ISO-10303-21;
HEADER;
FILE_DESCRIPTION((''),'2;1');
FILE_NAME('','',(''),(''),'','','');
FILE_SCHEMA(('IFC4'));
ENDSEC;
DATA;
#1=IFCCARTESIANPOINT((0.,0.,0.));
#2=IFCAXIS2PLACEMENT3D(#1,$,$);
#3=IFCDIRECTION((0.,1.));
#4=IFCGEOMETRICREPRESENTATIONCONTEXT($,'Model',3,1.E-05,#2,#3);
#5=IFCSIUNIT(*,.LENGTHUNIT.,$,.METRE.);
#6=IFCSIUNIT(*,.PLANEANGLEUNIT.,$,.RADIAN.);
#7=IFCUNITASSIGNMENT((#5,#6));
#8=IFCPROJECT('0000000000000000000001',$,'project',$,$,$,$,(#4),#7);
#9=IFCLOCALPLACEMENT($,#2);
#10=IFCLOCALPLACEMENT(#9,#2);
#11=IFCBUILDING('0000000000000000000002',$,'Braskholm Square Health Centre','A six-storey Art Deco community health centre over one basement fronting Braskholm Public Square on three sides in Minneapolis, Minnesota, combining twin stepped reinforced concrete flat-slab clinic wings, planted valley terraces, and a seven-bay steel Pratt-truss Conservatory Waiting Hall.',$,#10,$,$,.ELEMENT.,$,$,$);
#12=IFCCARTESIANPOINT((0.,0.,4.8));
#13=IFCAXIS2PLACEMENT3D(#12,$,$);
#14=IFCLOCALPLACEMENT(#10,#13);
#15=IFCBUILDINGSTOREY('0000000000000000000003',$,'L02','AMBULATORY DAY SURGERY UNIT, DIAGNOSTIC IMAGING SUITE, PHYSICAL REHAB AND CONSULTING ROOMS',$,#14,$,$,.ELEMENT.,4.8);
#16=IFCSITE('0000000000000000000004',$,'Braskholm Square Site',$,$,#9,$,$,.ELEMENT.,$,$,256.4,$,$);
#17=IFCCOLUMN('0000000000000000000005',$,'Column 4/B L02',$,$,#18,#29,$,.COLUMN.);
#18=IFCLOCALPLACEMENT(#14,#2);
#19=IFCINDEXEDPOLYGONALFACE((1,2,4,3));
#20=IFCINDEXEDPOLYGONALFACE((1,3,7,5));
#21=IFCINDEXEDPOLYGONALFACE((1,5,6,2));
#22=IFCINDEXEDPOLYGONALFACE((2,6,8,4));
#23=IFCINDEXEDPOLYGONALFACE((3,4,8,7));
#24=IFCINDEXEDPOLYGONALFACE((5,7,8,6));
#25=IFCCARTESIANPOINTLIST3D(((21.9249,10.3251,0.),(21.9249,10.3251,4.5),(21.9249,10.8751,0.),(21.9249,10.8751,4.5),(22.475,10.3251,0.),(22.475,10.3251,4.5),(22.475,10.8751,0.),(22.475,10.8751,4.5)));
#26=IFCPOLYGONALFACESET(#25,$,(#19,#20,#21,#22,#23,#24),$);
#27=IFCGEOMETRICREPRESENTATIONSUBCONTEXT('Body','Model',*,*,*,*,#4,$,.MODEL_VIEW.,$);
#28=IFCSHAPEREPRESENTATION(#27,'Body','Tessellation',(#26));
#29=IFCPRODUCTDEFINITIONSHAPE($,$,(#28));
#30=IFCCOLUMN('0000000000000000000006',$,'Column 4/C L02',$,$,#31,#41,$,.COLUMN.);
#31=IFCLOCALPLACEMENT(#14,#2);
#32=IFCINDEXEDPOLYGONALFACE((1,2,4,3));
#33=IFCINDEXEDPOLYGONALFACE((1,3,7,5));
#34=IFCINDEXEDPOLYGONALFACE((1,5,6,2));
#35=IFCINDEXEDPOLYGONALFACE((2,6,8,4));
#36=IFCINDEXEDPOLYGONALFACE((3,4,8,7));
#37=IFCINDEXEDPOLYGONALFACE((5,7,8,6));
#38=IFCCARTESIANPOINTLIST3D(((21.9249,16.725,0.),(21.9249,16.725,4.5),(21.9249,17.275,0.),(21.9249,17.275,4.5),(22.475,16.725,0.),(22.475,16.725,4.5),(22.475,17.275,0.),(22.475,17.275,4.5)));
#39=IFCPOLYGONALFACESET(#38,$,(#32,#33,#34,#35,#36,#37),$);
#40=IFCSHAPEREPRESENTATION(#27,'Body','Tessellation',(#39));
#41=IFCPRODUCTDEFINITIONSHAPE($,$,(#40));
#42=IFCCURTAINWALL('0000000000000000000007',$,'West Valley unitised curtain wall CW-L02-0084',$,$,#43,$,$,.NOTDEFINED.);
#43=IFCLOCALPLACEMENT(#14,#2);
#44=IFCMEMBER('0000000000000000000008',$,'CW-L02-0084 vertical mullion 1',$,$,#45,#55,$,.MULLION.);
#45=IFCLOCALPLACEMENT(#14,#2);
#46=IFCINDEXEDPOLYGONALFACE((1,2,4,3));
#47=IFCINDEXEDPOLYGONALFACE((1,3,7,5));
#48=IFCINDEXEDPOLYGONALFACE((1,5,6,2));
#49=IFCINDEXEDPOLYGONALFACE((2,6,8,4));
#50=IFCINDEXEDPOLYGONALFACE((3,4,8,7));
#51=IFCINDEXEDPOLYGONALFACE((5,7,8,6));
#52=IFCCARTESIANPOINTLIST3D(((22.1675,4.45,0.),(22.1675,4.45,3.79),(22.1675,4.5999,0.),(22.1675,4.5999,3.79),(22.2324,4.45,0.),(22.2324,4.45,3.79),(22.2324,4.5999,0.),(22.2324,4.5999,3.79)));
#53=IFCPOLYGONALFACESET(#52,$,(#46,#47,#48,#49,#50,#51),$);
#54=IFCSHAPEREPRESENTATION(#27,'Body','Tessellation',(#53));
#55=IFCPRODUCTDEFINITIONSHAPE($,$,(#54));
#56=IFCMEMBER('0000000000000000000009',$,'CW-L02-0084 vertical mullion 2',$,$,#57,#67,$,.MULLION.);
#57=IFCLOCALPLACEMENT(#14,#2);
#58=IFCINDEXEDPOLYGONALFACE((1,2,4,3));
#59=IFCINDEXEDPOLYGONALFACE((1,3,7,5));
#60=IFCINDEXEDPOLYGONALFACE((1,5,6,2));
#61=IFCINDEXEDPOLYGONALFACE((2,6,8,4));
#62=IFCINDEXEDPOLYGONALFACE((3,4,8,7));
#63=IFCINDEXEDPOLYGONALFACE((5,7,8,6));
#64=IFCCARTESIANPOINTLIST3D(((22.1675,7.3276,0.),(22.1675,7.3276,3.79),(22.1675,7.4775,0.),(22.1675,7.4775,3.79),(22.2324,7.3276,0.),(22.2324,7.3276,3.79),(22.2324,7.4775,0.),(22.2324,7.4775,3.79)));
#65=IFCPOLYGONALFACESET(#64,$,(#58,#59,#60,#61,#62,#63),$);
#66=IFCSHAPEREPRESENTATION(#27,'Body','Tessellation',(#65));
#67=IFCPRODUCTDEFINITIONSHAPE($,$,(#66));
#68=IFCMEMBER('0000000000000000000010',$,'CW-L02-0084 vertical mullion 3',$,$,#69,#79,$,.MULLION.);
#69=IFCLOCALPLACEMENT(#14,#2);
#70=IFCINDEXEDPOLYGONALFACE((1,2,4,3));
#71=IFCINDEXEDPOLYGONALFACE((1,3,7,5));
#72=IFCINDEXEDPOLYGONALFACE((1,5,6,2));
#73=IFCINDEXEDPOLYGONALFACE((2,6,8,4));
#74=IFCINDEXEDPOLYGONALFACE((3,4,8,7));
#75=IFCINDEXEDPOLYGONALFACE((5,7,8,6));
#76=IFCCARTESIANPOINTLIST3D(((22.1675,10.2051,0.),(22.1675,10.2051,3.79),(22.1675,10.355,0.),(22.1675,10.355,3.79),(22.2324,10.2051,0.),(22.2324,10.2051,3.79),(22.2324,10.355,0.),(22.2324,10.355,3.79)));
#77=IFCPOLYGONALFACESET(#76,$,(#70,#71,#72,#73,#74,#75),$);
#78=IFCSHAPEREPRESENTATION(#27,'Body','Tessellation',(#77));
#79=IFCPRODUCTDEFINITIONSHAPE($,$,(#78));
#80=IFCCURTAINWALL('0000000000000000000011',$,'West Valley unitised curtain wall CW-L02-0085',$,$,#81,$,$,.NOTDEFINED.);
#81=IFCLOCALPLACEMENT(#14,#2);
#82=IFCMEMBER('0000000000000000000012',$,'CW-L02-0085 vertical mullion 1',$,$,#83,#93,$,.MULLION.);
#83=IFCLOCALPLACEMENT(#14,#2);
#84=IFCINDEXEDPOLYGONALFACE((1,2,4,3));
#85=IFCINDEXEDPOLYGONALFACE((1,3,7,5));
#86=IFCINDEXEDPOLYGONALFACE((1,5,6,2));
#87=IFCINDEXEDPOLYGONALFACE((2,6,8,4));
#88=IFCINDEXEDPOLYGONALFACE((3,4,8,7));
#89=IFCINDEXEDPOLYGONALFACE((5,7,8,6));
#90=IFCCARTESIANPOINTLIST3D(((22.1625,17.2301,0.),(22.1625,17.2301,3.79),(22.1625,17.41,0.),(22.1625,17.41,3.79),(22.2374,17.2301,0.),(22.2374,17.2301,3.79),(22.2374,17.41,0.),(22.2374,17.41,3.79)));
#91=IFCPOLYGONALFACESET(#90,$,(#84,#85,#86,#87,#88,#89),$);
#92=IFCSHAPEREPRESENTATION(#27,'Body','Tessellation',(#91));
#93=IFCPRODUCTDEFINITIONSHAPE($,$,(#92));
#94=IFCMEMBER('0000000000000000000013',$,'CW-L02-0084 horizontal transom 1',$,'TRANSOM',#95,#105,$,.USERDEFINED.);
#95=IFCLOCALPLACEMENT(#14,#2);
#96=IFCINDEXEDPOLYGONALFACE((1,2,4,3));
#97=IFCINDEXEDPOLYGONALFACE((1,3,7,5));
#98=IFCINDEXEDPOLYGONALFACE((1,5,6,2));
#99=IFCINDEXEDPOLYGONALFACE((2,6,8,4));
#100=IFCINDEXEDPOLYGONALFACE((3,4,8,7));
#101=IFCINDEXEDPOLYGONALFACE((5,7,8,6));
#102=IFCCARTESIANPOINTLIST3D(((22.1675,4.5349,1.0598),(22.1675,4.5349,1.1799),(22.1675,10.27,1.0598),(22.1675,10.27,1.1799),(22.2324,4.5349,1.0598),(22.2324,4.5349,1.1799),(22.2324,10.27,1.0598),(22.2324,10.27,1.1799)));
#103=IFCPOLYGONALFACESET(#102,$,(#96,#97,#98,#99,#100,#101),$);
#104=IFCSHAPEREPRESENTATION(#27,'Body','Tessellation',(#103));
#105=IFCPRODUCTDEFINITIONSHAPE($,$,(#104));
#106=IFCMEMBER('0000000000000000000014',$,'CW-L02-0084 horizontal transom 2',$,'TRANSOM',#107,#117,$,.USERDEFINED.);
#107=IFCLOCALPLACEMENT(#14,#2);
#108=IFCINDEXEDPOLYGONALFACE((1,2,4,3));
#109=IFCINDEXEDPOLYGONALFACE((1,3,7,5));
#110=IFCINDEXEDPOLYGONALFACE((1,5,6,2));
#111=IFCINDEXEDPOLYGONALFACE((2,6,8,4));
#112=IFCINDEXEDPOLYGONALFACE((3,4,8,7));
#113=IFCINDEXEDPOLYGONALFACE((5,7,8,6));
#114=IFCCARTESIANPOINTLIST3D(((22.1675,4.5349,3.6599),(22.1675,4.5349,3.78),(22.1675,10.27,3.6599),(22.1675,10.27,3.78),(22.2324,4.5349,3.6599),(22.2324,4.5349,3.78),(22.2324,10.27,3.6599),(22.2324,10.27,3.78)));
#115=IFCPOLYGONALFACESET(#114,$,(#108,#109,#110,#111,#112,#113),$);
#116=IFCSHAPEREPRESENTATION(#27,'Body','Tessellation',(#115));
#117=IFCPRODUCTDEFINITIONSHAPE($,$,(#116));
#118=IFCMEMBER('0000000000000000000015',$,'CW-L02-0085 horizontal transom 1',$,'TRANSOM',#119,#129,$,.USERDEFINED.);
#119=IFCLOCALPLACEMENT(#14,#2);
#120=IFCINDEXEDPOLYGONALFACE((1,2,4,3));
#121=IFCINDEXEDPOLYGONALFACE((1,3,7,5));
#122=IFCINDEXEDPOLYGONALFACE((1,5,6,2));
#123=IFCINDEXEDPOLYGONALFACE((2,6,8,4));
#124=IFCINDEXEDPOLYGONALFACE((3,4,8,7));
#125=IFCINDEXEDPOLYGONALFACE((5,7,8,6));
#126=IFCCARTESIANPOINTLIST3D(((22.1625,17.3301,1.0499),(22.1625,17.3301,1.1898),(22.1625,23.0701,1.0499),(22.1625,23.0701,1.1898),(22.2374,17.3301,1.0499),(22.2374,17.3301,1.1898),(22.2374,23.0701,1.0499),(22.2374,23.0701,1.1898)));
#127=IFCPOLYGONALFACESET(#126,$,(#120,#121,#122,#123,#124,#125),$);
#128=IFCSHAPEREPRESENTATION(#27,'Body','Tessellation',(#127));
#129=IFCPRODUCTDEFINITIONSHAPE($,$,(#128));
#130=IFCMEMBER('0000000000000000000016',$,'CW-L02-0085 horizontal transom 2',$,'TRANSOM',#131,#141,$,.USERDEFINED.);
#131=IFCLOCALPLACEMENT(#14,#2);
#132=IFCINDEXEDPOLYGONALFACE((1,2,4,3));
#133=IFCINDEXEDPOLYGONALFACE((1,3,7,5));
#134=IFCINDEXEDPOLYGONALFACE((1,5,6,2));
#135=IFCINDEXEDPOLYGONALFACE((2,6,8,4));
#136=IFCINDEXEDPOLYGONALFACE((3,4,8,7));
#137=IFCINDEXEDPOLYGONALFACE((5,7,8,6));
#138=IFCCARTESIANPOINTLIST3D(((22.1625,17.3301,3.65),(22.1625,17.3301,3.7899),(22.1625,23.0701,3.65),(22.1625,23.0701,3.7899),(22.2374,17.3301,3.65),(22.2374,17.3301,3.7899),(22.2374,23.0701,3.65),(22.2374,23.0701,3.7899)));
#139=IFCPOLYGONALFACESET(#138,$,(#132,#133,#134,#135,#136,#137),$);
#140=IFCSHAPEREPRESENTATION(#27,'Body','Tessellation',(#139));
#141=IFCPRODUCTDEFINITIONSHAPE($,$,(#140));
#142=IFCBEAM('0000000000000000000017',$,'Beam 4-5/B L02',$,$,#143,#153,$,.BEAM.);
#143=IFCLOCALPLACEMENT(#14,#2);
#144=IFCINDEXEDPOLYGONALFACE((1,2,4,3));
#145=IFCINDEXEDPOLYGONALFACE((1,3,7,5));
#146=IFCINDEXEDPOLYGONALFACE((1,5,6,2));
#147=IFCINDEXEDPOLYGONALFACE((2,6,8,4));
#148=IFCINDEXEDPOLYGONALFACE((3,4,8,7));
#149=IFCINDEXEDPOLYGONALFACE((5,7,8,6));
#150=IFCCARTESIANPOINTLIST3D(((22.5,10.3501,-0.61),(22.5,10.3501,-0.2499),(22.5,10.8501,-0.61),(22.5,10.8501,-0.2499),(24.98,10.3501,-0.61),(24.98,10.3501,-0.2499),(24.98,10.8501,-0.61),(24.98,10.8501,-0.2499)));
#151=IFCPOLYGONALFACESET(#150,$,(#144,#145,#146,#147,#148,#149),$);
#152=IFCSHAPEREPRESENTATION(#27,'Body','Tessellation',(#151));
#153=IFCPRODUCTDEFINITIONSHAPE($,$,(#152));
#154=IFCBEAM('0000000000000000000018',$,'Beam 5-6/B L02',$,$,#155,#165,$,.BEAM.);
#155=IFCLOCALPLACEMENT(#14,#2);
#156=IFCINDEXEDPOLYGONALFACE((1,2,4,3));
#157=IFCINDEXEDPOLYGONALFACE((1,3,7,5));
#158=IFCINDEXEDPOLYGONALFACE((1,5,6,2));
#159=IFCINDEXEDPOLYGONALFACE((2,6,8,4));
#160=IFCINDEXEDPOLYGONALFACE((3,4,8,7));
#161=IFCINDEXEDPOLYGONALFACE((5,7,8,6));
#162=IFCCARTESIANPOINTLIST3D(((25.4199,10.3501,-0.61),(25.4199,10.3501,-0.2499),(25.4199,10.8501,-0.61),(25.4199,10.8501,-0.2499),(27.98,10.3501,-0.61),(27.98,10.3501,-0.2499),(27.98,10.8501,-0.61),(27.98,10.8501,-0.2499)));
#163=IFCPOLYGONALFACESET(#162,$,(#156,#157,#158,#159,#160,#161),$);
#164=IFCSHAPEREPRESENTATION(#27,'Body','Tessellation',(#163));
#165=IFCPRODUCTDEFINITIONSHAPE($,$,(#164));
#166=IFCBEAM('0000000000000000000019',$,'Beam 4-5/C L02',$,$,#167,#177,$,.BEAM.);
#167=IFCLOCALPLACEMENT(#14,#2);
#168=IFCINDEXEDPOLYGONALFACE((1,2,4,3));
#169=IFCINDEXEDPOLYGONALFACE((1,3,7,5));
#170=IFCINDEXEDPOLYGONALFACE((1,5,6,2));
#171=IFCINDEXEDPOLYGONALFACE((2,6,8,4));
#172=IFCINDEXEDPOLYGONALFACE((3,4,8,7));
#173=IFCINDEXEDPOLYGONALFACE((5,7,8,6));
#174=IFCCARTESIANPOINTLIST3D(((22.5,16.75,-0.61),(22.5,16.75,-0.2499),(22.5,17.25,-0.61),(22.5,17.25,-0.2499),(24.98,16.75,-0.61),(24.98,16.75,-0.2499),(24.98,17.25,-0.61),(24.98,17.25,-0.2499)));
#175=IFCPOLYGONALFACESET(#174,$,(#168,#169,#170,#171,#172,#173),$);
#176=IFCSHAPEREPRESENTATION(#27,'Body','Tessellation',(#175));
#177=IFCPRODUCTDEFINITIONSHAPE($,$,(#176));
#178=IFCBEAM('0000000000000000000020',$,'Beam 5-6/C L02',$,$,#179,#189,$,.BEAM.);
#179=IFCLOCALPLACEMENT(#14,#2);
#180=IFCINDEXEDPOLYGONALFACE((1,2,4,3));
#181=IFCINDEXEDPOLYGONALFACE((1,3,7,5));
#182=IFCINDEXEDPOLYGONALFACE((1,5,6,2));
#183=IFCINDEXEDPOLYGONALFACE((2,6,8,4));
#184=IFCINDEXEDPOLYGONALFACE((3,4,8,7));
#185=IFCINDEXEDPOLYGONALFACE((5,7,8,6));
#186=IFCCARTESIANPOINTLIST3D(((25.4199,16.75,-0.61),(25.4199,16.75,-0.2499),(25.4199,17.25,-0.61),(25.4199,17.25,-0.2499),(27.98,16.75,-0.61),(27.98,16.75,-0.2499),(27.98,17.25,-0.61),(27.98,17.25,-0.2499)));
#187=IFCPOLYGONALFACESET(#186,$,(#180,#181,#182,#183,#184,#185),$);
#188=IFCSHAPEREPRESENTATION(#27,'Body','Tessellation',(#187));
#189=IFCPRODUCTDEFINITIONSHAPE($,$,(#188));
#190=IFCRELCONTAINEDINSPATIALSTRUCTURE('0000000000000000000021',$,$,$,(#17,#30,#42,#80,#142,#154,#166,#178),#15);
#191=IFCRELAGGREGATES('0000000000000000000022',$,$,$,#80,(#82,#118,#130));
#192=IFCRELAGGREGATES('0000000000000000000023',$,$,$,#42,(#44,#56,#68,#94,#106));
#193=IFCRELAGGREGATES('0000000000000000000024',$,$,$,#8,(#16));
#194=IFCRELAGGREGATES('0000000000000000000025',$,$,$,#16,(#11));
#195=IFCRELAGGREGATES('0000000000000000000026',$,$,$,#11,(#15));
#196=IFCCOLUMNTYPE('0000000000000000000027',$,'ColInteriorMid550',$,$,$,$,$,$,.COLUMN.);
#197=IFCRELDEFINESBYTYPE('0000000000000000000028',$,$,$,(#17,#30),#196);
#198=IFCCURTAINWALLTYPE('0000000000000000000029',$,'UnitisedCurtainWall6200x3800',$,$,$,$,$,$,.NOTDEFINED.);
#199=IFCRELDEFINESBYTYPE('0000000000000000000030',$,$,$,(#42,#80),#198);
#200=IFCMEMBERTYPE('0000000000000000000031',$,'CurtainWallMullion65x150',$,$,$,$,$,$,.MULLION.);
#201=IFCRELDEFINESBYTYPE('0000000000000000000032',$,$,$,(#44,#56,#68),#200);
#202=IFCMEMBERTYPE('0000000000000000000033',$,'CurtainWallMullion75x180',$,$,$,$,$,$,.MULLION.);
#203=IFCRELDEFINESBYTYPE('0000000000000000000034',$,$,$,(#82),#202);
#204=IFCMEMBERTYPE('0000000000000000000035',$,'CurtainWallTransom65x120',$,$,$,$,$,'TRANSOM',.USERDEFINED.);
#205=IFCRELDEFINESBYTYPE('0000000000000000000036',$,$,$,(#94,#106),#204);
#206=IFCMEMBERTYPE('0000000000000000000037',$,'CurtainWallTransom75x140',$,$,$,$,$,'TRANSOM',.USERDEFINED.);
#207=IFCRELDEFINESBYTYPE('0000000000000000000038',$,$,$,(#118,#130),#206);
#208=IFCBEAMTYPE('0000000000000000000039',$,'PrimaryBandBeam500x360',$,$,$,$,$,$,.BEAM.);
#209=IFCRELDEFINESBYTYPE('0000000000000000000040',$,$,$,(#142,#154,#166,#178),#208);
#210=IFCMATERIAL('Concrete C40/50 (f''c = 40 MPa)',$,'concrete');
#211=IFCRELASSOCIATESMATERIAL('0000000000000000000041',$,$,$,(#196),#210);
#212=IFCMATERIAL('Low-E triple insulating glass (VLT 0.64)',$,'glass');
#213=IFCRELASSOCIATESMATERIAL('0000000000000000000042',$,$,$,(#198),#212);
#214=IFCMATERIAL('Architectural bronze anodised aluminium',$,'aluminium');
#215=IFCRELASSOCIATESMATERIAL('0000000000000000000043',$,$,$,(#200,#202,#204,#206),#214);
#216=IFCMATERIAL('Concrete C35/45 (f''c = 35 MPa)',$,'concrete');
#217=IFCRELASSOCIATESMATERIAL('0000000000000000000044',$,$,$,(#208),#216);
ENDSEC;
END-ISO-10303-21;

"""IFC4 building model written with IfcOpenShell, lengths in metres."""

from ifc_helpers import new_model, si_unit, direction, frame, origin, origin_2d, place, context, subcontext, project, spatial, rectangle, extrude, material, material_profile, profile_set, type_object, element, aggregate, save


model = new_model("IFC4")

# Units and contexts
model_context = context("Model", 3, precision=1e-05, world=origin(), true_north=direction((0.0, 1.0)))
body_context = subcontext(model_context, "Body", "Model", "MODEL_VIEW")
ifc_project = project(units=[si_unit("LENGTHUNIT", "METRE"), si_unit("PLANEANGLEUNIT", "RADIAN")], contexts=[model_context])

# Site, building, storey
site_placement = place(None, origin())
site = spatial("IfcSite", under=ifc_project, at=site_placement, Name="Braskholm Square Site", CompositionType="ELEMENT", RefElevation=256.4)
building_placement = place(site_placement, origin())
building = spatial("IfcBuilding", under=site, at=building_placement, Name="Braskholm Square Health Centre", Description="A six-storey Art Deco community health centre over one basement fronting Braskholm Public Square on three sides in Minneapolis, Minnesota, combining twin stepped reinforced concrete flat-slab clinic wings, planted valley terraces, and a seven-bay steel Pratt-truss Conservatory Waiting Hall.", CompositionType="ELEMENT")
storey_placement = place(building_placement, frame((0.0, 0.0, 4.8)))
storey = spatial("IfcBuildingStorey", under=building, at=storey_placement, Name="L02", Description="AMBULATORY DAY SURGERY UNIT, DIAGNOSTIC IMAGING SUITE, PHYSICAL REHAB AND CONSULTING ROOMS", CompositionType="ELEMENT", Elevation=4.8)

# Columns
ifc_material_1 = material(Name="Concrete C40/50 (f'c = 40 MPa)", Category="concrete")
ifc_material_profile_1 = material_profile(ifc_material_1, rectangle(XDim=0.55, YDim=0.55, at=origin_2d()), Name="RC-550X550")
ifc_profile_set_1 = profile_set([ifc_material_profile_1], Name="Concrete C40/50 (f'c = 40 MPa)")
column_type = type_object("IfcColumnType", Name="ColInteriorMid550", PredefinedType="COLUMN", material=ifc_profile_set_1)
for number, where, z_axis, x_axis, name in (
    (1, (22.2, 10.6001, 0.0), (0.0, 0.0, 1.0), (1.0, 0.0, 0.0), "Column 4/B L02"),
    (2, (22.2, 17.0, 0.0), (0.0, 0.0, 1.0), (1.0, 0.0, 0.0), "Column 4/C L02"),
):
    element("IfcColumn", number, at=place(storey_placement, frame(where, z_axis=z_axis, x_axis=x_axis)), inside=storey, type_object=column_type, Name=name, PredefinedType="COLUMN", context=body_context, shape_type="SweptSolid", body=[
        extrude(rectangle(XDim=0.55, YDim=0.55, at=origin_2d()), origin(), (0.0, 0.0, 1.0), 4.5),
    ])

# Curtain wall, members
ifc_material_2 = material(Name="Low-E triple insulating glass (VLT 0.64)", Category="glass")
curtain_wall_type = type_object("IfcCurtainWallType", Name="UnitisedCurtainWall6200x3800", PredefinedType="NOTDEFINED", material=ifc_material_2)
curtain_wall_1_placement = place(storey_placement, origin())
curtain_wall_1 = element("IfcCurtainWall", 3, at=curtain_wall_1_placement, inside=storey, type_object=curtain_wall_type, Name="West Valley unitised curtain wall CW-L02-0084", PredefinedType="NOTDEFINED")
ifc_material_3 = material(Name="Architectural bronze anodised aluminium", Category="aluminium")
ifc_material_profile_2 = material_profile(ifc_material_3, rectangle(XDim=0.0649, YDim=0.1499, at=origin_2d()), Name="ALU-65X150")
ifc_profile_set_2 = profile_set([ifc_material_profile_2], Name="Architectural bronze anodised aluminium")
member_type_1 = type_object("IfcMemberType", Name="CurtainWallMullion65x150", PredefinedType="MULLION", material=ifc_profile_set_2)
member_1_placement = place(storey_placement, frame((22.2, 4.5249, 0.0), z_axis=(0.0, 0.0, 1.0), x_axis=(1.0, 0.0, 0.0)))
member_1 = element("IfcMember", 4, at=member_1_placement, type_object=member_type_1, Name="CW-L02-0084 vertical mullion 1", PredefinedType="MULLION", context=body_context, shape_type="SweptSolid", body=[
    extrude(rectangle(XDim=0.0649, YDim=0.1499, at=origin_2d()), origin(), (0.0, 0.0, 1.0), 3.79),
])
member_2_placement = place(storey_placement, frame((22.2, 7.4026, 0.0), z_axis=(0.0, 0.0, 1.0), x_axis=(1.0, 0.0, 0.0)))
member_2 = element("IfcMember", 5, at=member_2_placement, type_object=member_type_1, Name="CW-L02-0084 vertical mullion 2", PredefinedType="MULLION", context=body_context, shape_type="SweptSolid", body=[
    extrude(rectangle(XDim=0.0649, YDim=0.1499, at=origin_2d()), origin(), (0.0, 0.0, 1.0), 3.79),
])
member_3_placement = place(storey_placement, frame((22.2, 10.28, 0.0), z_axis=(0.0, 0.0, 1.0), x_axis=(1.0, 0.0, 0.0)))
member_3 = element("IfcMember", 6, at=member_3_placement, type_object=member_type_1, Name="CW-L02-0084 vertical mullion 3", PredefinedType="MULLION", context=body_context, shape_type="SweptSolid", body=[
    extrude(rectangle(XDim=0.0649, YDim=0.1499, at=origin_2d()), origin(), (0.0, 0.0, 1.0), 3.79),
])

# Curtain wall, member
curtain_wall_2_placement = place(storey_placement, origin())
curtain_wall_2 = element("IfcCurtainWall", 7, at=curtain_wall_2_placement, inside=storey, type_object=curtain_wall_type, Name="West Valley unitised curtain wall CW-L02-0085", PredefinedType="NOTDEFINED")
ifc_material_profile_3 = material_profile(ifc_material_3, rectangle(XDim=0.075, YDim=0.1799, at=origin_2d()), Name="ALU-75X180")
ifc_profile_set_3 = profile_set([ifc_material_profile_3], Name="Architectural bronze anodised aluminium")
member_type_2 = type_object("IfcMemberType", Name="CurtainWallMullion75x180", PredefinedType="MULLION", material=ifc_profile_set_3)
member_4_placement = place(storey_placement, frame((22.2, 17.3201, 0.0), z_axis=(0.0, 0.0, 1.0), x_axis=(1.0, 0.0, 0.0)))
member_4 = element("IfcMember", 8, at=member_4_placement, type_object=member_type_2, Name="CW-L02-0085 vertical mullion 1", PredefinedType="MULLION", context=body_context, shape_type="SweptSolid", body=[
    extrude(rectangle(XDim=0.075, YDim=0.1799, at=origin_2d()), origin(), (0.0, 0.0, 1.0), 3.79),
])

# Members
ifc_material_profile_4 = material_profile(ifc_material_3, rectangle(XDim=0.0649, YDim=0.1201, at=origin_2d()), Name="ALU-65X120")
ifc_profile_set_4 = profile_set([ifc_material_profile_4], Name="Architectural bronze anodised aluminium")
member_type_3 = type_object("IfcMemberType", Name="CurtainWallTransom65x120", ElementType="TRANSOM", PredefinedType="USERDEFINED", material=ifc_profile_set_4)
member_5_placement = place(storey_placement, frame((22.2, 4.5349, 1.1199), z_axis=(0.0, 1.0, 0.0), x_axis=(-1.0, 0.0, 0.0)))
member_5 = element("IfcMember", 9, at=member_5_placement, type_object=member_type_3, Name="CW-L02-0084 horizontal transom 1", ObjectType="TRANSOM", PredefinedType="USERDEFINED", context=body_context, shape_type="SweptSolid", body=[
    extrude(rectangle(XDim=0.0649, YDim=0.1201, at=origin_2d()), origin(), (0.0, 0.0, 1.0), 5.7351),
])
member_6_placement = place(storey_placement, frame((22.2, 4.5349, 3.72), z_axis=(0.0, 1.0, 0.0), x_axis=(-1.0, 0.0, 0.0)))
member_6 = element("IfcMember", 10, at=member_6_placement, type_object=member_type_3, Name="CW-L02-0084 horizontal transom 2", ObjectType="TRANSOM", PredefinedType="USERDEFINED", context=body_context, shape_type="SweptSolid", body=[
    extrude(rectangle(XDim=0.0649, YDim=0.1201, at=origin_2d()), origin(), (0.0, 0.0, 1.0), 5.7351),
])
ifc_material_profile_5 = material_profile(ifc_material_3, rectangle(XDim=0.075, YDim=0.1399, at=origin_2d()), Name="ALU-75X140")
ifc_profile_set_5 = profile_set([ifc_material_profile_5], Name="Architectural bronze anodised aluminium")
member_type_4 = type_object("IfcMemberType", Name="CurtainWallTransom75x140", ElementType="TRANSOM", PredefinedType="USERDEFINED", material=ifc_profile_set_5)
member_7_placement = place(storey_placement, frame((22.2, 17.3301, 1.1199), z_axis=(0.0, 1.0, 0.0), x_axis=(-1.0, 0.0, 0.0)))
member_7 = element("IfcMember", 11, at=member_7_placement, type_object=member_type_4, Name="CW-L02-0085 horizontal transom 1", ObjectType="TRANSOM", PredefinedType="USERDEFINED", context=body_context, shape_type="SweptSolid", body=[
    extrude(rectangle(XDim=0.075, YDim=0.1399, at=origin_2d()), origin(), (0.0, 0.0, 1.0), 5.74),
])
member_8_placement = place(storey_placement, frame((22.2, 17.3301, 3.72), z_axis=(0.0, 1.0, 0.0), x_axis=(-1.0, 0.0, 0.0)))
member_8 = element("IfcMember", 12, at=member_8_placement, type_object=member_type_4, Name="CW-L02-0085 horizontal transom 2", ObjectType="TRANSOM", PredefinedType="USERDEFINED", context=body_context, shape_type="SweptSolid", body=[
    extrude(rectangle(XDim=0.075, YDim=0.1399, at=origin_2d()), origin(), (0.0, 0.0, 1.0), 5.74),
])
aggregate(curtain_wall_2, [member_4, member_7, member_8])

# Beams
ifc_material_4 = material(Name="Concrete C35/45 (f'c = 35 MPa)", Category="concrete")
ifc_material_profile_6 = material_profile(ifc_material_4, rectangle(XDim=0.5, YDim=0.3601, at=origin_2d()), Name="RCB-500X360")
ifc_profile_set_6 = profile_set([ifc_material_profile_6], Name="Concrete C35/45 (f'c = 35 MPa)")
beam_type_1 = type_object("IfcBeamType", Name="PrimaryBandBeam500x360", PredefinedType="BEAM", material=ifc_profile_set_6)
beam_1_placement = place(storey_placement, frame((22.5, 10.6001, -0.4299), z_axis=(1.0, 0.0, 0.0), x_axis=(0.0, 1.0, 0.0)))
element("IfcBeam", 13, at=beam_1_placement, inside=storey, type_object=beam_type_1, Name="Beam 4-5/B L02", PredefinedType="BEAM", context=body_context, shape_type="SweptSolid", body=[
    extrude(rectangle(XDim=0.5, YDim=0.3601, at=origin_2d()), origin(), (0.0, 0.0, 1.0), 2.48),
])
beam_2_placement = place(storey_placement, frame((25.4199, 10.6001, -0.4299), z_axis=(1.0, 0.0, 0.0), x_axis=(0.0, 1.0, 0.0)))
element("IfcBeam", 14, at=beam_2_placement, inside=storey, type_object=beam_type_1, Name="Beam 5-6/B L02", PredefinedType="BEAM", context=body_context, shape_type="SweptSolid", body=[
    extrude(rectangle(XDim=0.5, YDim=0.3601, at=origin_2d()), origin(), (0.0, 0.0, 1.0), 2.5601),
])
beam_3_placement = place(storey_placement, frame((22.5, 17.0, -0.4299), z_axis=(1.0, 0.0, 0.0), x_axis=(0.0, 1.0, 0.0)))
element("IfcBeam", 15, at=beam_3_placement, inside=storey, type_object=beam_type_1, Name="Beam 4-5/C L02", PredefinedType="BEAM", context=body_context, shape_type="SweptSolid", body=[
    extrude(rectangle(XDim=0.5, YDim=0.3601, at=origin_2d()), origin(), (0.0, 0.0, 1.0), 2.48),
])
beam_4_placement = place(storey_placement, frame((25.4199, 17.0, -0.4299), z_axis=(1.0, 0.0, 0.0), x_axis=(0.0, 1.0, 0.0)))
element("IfcBeam", 16, at=beam_4_placement, inside=storey, type_object=beam_type_1, Name="Beam 5-6/C L02", PredefinedType="BEAM", context=body_context, shape_type="SweptSolid", body=[
    extrude(rectangle(XDim=0.5, YDim=0.3601, at=origin_2d()), origin(), (0.0, 0.0, 1.0), 2.5601),
])

aggregate(curtain_wall_1, [member_1, member_2, member_3, member_5, member_6])

save(model, "model.ifc")
